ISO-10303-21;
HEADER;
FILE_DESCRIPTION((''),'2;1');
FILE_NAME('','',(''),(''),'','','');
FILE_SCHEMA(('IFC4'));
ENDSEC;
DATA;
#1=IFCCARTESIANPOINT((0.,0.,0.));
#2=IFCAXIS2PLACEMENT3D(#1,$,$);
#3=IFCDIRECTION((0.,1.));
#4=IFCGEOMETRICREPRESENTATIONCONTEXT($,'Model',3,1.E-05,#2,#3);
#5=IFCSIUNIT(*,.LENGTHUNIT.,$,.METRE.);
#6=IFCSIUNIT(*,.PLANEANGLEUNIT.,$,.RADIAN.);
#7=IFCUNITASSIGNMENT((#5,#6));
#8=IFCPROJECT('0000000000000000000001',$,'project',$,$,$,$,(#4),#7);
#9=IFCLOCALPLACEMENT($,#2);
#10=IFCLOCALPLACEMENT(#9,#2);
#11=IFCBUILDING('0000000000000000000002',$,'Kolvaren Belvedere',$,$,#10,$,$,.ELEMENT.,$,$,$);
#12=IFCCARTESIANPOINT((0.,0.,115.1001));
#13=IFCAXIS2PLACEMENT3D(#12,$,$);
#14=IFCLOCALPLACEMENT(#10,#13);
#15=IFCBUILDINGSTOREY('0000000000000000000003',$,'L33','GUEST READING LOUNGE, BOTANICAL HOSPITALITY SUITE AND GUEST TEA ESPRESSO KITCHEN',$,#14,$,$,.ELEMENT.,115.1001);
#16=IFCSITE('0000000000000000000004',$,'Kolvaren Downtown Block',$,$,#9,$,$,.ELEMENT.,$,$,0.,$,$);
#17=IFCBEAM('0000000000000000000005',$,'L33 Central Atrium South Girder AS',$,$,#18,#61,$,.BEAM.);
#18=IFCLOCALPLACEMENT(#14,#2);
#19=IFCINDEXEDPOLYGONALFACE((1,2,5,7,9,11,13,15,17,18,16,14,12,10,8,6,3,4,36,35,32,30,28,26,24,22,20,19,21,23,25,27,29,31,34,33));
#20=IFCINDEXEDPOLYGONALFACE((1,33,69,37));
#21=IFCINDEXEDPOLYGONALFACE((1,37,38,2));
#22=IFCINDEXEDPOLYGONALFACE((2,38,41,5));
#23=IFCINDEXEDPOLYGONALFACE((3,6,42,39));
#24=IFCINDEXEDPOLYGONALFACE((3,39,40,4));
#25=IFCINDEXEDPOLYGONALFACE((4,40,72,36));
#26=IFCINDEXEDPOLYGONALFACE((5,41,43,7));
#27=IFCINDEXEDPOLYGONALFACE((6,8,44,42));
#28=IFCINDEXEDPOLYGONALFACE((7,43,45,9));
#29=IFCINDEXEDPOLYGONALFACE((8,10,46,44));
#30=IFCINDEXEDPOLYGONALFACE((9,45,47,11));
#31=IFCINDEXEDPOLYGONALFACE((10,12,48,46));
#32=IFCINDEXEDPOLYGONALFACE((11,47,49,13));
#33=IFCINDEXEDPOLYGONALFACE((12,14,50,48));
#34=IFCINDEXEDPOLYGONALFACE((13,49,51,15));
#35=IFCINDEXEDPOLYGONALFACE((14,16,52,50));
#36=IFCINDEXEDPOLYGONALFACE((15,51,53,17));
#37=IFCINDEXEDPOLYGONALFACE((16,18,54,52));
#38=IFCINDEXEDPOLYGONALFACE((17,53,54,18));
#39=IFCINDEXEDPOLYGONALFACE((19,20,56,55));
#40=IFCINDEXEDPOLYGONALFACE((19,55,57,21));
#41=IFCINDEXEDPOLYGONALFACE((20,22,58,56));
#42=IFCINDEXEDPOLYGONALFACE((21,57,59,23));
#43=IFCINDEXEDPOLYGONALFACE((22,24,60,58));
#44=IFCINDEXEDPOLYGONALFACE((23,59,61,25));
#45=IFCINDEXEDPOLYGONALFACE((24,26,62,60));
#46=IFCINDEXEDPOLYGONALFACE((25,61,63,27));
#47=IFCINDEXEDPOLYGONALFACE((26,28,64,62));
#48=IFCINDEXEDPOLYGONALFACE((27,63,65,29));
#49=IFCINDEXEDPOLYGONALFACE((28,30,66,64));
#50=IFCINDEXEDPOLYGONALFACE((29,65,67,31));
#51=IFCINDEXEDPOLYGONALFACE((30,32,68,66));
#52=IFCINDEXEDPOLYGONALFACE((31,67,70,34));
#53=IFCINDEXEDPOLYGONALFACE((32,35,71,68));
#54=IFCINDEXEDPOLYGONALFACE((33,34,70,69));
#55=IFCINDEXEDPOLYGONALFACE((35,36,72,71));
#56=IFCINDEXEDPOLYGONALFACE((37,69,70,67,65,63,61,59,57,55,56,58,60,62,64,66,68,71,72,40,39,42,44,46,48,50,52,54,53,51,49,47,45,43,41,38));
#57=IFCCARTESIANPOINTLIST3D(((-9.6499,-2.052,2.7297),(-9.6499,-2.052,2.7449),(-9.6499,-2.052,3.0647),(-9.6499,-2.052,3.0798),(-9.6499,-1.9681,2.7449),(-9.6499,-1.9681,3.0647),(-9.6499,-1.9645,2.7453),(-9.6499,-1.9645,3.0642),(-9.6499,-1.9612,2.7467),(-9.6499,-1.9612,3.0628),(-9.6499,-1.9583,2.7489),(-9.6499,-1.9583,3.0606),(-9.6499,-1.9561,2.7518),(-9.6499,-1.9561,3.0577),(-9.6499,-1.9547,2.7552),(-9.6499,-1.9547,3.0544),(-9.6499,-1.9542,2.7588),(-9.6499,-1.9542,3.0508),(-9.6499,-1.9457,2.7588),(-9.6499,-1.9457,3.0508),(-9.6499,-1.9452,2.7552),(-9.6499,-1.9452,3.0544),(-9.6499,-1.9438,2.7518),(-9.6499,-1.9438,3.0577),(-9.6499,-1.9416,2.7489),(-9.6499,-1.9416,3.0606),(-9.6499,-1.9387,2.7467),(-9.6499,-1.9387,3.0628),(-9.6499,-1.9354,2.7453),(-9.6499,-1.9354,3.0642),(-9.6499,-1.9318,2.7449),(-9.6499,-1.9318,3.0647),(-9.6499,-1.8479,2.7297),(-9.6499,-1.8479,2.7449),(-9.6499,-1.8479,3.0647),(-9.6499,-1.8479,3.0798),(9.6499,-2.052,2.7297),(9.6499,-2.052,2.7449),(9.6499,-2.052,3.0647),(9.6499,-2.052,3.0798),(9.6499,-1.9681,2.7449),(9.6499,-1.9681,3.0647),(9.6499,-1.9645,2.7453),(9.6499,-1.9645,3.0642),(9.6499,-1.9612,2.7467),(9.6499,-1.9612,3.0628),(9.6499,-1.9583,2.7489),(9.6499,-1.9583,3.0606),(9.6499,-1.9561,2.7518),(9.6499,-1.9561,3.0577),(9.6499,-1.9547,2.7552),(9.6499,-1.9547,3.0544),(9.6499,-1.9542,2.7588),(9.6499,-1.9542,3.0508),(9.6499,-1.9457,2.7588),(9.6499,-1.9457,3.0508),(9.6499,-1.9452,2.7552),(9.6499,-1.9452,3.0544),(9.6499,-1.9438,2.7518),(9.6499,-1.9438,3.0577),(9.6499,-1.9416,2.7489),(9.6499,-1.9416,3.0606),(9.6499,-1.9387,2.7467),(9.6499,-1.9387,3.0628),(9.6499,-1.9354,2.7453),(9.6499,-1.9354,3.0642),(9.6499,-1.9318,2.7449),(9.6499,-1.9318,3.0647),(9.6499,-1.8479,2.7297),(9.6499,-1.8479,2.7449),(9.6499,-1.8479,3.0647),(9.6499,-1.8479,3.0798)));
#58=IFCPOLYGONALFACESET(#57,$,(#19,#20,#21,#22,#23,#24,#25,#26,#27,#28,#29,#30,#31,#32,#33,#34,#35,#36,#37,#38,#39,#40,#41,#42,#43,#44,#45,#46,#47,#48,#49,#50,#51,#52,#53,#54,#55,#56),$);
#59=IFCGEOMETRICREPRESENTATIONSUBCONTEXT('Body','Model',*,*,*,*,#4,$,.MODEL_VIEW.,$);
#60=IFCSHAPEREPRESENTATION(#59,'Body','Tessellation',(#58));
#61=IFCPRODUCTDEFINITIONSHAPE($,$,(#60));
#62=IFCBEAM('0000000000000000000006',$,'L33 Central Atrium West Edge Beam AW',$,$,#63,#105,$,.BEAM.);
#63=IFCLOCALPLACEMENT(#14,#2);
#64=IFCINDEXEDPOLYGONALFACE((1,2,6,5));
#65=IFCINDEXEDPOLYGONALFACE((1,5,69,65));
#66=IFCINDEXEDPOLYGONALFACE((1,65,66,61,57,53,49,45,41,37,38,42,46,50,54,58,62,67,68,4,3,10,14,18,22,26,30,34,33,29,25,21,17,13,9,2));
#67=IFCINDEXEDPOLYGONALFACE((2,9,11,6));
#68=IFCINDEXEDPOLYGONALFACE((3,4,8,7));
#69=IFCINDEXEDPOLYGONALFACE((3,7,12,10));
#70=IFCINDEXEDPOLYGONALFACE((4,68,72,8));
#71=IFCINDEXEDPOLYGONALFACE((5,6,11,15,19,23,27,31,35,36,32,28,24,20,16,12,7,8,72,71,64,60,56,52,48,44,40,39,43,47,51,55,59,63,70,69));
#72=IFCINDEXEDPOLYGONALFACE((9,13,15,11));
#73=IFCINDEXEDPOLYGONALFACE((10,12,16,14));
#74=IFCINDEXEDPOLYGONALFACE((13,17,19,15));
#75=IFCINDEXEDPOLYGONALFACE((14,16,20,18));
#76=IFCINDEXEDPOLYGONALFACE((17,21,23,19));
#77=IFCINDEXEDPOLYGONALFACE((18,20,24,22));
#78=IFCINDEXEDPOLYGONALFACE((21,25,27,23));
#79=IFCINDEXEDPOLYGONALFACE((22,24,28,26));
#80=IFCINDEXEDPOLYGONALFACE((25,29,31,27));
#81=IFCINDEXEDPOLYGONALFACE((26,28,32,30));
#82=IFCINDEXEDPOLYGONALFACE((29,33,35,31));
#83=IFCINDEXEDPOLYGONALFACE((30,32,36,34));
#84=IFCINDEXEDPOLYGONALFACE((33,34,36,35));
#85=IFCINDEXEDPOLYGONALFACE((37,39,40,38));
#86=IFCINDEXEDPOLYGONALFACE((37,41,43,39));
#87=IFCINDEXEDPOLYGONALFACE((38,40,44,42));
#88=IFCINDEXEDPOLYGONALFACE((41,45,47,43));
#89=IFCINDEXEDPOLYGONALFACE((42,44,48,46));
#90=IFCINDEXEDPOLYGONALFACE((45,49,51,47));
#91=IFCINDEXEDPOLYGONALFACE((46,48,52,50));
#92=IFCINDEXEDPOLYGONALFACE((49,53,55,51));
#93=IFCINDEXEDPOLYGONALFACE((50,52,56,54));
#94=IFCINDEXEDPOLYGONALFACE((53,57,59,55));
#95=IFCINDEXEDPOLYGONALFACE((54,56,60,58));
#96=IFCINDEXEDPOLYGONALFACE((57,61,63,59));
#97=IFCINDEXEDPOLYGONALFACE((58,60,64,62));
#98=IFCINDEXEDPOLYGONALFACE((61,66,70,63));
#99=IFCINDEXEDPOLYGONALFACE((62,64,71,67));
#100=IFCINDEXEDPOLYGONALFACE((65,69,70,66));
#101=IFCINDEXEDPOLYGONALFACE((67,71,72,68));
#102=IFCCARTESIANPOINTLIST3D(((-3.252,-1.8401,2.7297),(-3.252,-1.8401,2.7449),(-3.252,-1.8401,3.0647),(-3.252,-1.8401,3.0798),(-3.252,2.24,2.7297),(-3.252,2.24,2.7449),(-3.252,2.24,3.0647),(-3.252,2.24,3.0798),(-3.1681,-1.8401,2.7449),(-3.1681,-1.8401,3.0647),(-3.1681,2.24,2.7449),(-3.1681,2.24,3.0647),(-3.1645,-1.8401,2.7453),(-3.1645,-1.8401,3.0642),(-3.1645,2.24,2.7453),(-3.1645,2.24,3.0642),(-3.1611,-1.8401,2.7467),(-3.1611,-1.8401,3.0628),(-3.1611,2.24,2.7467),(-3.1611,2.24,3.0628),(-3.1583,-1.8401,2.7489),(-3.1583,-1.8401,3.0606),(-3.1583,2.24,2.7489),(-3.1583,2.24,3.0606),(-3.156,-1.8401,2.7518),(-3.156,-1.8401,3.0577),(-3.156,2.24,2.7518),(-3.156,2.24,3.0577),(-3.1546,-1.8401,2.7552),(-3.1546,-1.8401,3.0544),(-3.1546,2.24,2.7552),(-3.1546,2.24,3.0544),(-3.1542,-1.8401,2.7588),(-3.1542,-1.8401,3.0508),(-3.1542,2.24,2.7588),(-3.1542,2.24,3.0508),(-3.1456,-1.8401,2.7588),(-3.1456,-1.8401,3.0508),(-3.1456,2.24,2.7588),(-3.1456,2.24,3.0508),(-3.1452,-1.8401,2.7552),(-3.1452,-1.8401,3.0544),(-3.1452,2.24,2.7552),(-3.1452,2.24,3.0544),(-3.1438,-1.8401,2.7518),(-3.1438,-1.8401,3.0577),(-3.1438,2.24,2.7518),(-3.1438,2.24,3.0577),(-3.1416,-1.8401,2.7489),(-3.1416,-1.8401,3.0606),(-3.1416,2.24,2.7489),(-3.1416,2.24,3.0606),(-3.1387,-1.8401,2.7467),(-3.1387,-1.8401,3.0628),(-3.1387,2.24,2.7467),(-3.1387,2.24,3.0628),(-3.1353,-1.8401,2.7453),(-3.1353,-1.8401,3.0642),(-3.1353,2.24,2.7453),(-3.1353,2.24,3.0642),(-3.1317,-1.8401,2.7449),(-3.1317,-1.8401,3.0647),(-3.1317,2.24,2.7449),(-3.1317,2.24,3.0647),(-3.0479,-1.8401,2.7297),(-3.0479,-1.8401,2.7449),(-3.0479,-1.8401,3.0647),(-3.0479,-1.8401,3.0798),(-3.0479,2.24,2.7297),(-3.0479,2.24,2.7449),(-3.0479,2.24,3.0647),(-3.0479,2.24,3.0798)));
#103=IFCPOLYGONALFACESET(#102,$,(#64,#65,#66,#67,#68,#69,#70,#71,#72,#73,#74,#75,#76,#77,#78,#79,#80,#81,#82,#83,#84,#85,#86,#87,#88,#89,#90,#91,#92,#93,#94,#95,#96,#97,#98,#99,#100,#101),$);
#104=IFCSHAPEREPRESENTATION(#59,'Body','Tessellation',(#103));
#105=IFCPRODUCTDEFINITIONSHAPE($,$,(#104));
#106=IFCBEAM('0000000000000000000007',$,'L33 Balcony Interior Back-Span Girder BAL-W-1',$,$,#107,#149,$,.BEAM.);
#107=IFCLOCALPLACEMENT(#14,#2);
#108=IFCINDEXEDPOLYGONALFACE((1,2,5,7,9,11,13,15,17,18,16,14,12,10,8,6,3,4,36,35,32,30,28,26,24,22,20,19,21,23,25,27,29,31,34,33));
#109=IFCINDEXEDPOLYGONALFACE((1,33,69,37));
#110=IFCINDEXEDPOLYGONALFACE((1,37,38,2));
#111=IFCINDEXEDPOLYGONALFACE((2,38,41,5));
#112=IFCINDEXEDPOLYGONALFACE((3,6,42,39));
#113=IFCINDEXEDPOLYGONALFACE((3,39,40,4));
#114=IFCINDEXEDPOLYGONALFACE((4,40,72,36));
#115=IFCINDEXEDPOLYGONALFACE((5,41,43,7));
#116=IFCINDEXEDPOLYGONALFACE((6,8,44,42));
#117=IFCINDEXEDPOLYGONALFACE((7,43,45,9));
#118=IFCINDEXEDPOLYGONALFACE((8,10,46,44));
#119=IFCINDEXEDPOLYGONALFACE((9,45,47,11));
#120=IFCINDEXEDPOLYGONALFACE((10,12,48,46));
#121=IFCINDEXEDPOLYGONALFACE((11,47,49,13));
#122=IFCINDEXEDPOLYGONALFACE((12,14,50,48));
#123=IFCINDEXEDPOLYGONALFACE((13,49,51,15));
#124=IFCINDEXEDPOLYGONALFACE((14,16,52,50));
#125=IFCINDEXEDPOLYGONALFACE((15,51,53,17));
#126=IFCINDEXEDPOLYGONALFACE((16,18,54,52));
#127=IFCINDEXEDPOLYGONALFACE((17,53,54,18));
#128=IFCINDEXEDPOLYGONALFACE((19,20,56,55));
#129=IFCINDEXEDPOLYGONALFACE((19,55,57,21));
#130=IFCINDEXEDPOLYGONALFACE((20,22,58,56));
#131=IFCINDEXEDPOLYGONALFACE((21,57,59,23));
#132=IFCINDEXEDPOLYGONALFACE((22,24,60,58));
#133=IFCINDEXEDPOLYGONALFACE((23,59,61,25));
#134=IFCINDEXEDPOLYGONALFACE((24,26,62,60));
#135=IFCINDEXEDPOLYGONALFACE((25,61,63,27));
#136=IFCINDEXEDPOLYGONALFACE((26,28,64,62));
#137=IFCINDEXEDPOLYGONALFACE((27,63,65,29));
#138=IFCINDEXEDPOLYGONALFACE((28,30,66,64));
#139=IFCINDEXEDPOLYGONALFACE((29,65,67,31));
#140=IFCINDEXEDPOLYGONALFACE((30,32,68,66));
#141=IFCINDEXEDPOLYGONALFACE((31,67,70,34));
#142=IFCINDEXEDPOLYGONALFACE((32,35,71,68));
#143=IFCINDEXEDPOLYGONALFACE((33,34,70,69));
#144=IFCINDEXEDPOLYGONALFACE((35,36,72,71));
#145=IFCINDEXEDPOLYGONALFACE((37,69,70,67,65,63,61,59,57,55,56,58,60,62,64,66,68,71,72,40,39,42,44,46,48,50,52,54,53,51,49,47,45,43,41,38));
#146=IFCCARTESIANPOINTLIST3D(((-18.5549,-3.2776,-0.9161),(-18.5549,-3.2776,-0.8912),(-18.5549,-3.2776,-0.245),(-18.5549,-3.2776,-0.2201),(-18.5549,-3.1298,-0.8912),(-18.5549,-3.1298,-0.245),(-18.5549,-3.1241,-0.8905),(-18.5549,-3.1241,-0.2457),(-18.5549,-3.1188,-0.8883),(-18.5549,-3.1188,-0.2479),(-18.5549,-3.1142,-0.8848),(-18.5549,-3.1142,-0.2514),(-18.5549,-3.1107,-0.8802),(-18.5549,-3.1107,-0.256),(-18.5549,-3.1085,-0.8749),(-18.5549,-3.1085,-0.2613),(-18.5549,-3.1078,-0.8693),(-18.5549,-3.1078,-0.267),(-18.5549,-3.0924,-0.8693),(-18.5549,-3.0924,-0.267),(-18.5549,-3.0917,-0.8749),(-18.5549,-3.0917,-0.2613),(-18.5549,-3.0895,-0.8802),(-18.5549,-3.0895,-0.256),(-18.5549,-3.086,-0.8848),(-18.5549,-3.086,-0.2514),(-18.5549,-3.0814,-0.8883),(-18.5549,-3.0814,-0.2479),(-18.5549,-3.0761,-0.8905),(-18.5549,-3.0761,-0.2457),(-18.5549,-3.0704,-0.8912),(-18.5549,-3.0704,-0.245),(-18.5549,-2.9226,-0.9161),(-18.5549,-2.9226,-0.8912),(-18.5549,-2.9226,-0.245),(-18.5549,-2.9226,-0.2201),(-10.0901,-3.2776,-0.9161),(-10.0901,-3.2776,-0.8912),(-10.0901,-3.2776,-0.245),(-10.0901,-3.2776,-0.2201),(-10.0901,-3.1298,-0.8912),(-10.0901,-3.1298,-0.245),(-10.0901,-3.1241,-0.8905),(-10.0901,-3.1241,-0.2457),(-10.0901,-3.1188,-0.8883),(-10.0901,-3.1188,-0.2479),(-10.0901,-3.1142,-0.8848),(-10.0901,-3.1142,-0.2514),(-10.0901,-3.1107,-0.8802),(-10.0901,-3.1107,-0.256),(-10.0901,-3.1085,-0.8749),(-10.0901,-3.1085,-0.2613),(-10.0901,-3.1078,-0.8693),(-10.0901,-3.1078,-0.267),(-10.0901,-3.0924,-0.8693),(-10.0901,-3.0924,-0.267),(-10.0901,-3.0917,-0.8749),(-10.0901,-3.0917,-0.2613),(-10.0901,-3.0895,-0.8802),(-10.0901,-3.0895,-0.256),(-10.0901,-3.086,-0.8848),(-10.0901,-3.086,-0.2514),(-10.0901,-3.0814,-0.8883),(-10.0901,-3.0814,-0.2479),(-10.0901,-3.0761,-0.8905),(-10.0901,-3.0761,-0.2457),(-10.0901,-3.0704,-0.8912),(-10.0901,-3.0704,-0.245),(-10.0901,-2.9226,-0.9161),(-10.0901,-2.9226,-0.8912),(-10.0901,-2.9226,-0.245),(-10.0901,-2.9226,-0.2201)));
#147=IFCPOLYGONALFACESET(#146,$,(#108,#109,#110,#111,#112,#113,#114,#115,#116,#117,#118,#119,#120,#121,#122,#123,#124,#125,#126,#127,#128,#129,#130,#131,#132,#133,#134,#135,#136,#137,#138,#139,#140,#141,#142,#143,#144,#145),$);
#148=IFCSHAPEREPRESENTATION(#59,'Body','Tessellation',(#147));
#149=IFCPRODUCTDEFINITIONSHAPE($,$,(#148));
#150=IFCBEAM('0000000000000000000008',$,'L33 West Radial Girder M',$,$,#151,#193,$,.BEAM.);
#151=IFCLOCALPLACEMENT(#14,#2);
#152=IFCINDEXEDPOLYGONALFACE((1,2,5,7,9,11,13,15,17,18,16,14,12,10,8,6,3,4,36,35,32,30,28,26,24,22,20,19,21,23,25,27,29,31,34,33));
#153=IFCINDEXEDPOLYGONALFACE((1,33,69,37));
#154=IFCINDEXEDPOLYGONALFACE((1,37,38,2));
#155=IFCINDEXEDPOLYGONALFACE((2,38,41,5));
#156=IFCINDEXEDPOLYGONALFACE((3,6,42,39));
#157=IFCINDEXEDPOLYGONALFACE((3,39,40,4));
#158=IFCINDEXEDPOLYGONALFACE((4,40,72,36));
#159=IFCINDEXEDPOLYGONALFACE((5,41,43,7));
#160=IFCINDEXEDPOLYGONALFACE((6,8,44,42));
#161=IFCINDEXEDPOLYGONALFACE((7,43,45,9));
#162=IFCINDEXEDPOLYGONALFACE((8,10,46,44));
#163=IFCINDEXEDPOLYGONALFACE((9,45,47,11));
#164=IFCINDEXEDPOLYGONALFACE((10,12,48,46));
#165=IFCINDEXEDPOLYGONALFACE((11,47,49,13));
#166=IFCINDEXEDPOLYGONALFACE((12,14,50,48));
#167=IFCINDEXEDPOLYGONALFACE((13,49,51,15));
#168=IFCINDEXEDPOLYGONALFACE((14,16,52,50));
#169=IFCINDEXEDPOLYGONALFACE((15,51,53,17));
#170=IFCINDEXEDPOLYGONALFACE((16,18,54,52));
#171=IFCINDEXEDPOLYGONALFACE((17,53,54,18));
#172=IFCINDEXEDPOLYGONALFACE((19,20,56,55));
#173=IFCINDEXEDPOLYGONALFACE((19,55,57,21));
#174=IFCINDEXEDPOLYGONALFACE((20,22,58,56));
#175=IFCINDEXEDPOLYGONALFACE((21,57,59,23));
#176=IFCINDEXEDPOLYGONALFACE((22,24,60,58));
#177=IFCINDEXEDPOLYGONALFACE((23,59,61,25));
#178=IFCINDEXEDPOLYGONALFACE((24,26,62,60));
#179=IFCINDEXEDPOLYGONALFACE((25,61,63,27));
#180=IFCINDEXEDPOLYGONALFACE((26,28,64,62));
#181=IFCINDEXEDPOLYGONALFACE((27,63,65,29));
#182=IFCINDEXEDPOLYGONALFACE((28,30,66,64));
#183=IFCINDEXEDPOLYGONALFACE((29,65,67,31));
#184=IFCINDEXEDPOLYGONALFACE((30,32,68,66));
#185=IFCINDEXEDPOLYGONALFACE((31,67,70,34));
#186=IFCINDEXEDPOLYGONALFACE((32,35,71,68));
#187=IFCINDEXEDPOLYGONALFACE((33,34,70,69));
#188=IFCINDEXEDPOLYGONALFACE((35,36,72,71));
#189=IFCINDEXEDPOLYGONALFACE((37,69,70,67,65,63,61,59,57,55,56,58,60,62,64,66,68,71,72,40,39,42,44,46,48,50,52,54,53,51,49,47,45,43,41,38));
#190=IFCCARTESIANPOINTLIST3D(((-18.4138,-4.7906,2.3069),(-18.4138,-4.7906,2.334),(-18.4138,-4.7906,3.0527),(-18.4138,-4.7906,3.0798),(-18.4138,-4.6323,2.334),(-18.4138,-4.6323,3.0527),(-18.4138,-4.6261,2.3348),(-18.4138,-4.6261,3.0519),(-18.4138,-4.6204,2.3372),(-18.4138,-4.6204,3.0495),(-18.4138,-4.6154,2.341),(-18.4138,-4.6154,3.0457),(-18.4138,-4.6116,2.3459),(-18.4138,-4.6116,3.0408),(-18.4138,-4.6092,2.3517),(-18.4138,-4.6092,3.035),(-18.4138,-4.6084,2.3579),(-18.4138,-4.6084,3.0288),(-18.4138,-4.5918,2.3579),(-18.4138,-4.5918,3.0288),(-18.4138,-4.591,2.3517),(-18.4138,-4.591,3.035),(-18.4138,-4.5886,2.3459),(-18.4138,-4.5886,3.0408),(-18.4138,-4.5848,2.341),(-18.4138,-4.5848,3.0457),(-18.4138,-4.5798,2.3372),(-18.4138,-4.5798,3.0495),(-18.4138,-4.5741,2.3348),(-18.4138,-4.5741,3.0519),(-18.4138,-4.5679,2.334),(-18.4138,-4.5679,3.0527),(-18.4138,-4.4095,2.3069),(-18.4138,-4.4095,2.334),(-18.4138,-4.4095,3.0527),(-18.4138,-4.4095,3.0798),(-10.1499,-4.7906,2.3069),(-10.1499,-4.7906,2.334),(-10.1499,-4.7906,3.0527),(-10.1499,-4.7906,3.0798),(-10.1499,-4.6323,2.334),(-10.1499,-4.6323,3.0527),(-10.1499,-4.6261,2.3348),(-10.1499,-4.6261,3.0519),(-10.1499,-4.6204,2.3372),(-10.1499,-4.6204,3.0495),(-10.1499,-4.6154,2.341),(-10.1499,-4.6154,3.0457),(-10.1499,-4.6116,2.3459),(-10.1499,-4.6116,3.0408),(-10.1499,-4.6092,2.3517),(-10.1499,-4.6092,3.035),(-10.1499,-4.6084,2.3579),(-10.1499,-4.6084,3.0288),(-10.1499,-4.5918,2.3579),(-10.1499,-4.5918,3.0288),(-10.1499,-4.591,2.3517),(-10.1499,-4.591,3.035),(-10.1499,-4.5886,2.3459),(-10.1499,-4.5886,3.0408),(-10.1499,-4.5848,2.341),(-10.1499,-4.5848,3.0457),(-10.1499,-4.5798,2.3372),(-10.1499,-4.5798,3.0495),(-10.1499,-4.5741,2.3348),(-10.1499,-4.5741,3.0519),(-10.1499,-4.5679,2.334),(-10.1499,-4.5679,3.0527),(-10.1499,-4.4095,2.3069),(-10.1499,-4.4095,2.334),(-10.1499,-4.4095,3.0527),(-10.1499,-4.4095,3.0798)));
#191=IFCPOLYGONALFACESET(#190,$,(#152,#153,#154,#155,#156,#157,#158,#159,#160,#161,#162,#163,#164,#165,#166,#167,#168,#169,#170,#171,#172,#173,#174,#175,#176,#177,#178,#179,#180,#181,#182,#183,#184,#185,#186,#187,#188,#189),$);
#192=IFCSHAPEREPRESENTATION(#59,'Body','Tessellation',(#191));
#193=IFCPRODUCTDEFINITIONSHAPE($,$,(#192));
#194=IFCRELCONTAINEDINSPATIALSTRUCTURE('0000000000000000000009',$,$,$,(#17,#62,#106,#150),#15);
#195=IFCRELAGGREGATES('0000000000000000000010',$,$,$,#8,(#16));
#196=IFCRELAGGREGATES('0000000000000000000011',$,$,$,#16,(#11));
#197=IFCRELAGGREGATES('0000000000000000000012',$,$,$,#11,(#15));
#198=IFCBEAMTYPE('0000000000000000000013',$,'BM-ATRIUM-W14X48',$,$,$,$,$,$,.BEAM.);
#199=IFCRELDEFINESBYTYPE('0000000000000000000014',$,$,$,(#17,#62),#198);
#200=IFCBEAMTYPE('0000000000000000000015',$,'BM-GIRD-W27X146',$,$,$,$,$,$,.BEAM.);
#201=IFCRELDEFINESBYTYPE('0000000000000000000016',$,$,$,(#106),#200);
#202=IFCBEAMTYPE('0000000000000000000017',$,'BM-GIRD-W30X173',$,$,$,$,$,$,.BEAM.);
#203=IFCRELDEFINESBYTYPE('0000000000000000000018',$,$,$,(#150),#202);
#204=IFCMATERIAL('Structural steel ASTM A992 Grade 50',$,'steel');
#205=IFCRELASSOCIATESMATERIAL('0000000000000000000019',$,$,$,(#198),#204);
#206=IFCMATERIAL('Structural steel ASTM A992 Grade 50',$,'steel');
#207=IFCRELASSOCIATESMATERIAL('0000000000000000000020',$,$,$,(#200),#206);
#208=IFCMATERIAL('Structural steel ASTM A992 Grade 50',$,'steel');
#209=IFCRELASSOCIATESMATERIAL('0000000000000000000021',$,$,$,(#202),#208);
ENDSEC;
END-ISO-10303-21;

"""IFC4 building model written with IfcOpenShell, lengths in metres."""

from ifc_helpers import new_model, si_unit, direction, frame, origin, origin_2d, place, context, subcontext, project, spatial, i_section, extrude, material, material_profile, profile_set, type_object, element, save


model = new_model("IFC4")

# Units and contexts
model_context = context("Model", 3, precision=1e-05, world=origin(), true_north=direction((0.0, 1.0)))
body_context = subcontext(model_context, "Body", "Model", "MODEL_VIEW")
ifc_project = project(units=[si_unit("LENGTHUNIT", "METRE"), si_unit("PLANEANGLEUNIT", "RADIAN")], contexts=[model_context])

# Site, building, storey
site_placement = place(None, origin())
site = spatial("IfcSite", under=ifc_project, at=site_placement, Name="Kolvaren Downtown Block", CompositionType="ELEMENT", RefElevation=0.0)
building_placement = place(site_placement, origin())
building = spatial("IfcBuilding", under=site, at=building_placement, Name="Kolvaren Belvedere", CompositionType="ELEMENT")
storey_placement = place(building_placement, frame((0.0, 0.0, 115.1001)))
storey = spatial("IfcBuildingStorey", under=building, at=storey_placement, Name="L33", Description="GUEST READING LOUNGE, BOTANICAL HOSPITALITY SUITE AND GUEST TEA ESPRESSO KITCHEN", CompositionType="ELEMENT", Elevation=115.1001)

# Beams
ifc_material_1 = material(Name="Structural steel ASTM A992 Grade 50", Category="steel")
ifc_material_profile_1 = material_profile(ifc_material_1, i_section(OverallWidth=0.2041, OverallDepth=0.3501, WebThickness=0.0085, FlangeThickness=0.0151, FilletRadius=0.0139, at=origin_2d()), Name="W14X48")
ifc_profile_set_1 = profile_set([ifc_material_profile_1], Name="Structural steel ASTM A992 Grade 50")
beam_type_1 = type_object("IfcBeamType", Name="BM-ATRIUM-W14X48", PredefinedType="BEAM", material=ifc_profile_set_1)
beam_1_placement = place(storey_placement, frame((-9.6499, -1.95, 2.9048), z_axis=(1.0, 0.0, 0.0), x_axis=(0.0, 1.0, 0.0)))
element("IfcBeam", 1, at=beam_1_placement, inside=storey, type_object=beam_type_1, Name="L33 Central Atrium South Girder AS", PredefinedType="BEAM", context=body_context, shape_type="SweptSolid", body=[
    extrude(i_section(OverallWidth=0.2041, OverallDepth=0.3501, WebThickness=0.0085, FlangeThickness=0.0151, FilletRadius=0.0139, at=origin_2d()), origin(), (0.0, 0.0, 1.0), 19.2998),
])
beam_2_placement = place(storey_placement, frame((-3.1499, -1.8401, 2.9048), z_axis=(0.0, 1.0, 0.0), x_axis=(-1.0, 0.0, 0.0)))
element("IfcBeam", 2, at=beam_2_placement, inside=storey, type_object=beam_type_1, Name="L33 Central Atrium West Edge Beam AW", PredefinedType="BEAM", context=body_context, shape_type="SweptSolid", body=[
    extrude(i_section(OverallWidth=0.2041, OverallDepth=0.3501, WebThickness=0.0085, FlangeThickness=0.0151, FilletRadius=0.0139, at=origin_2d()), origin(), (0.0, 0.0, 1.0), 4.0801),
])
ifc_material_2 = material(Name="Structural steel ASTM A992 Grade 50", Category="steel")
ifc_material_profile_2 = material_profile(ifc_material_2, i_section(OverallWidth=0.355, OverallDepth=0.696, WebThickness=0.0154, FlangeThickness=0.0249, FilletRadius=0.022, at=origin_2d()), Name="W27X146")
ifc_profile_set_2 = profile_set([ifc_material_profile_2], Name="Structural steel ASTM A992 Grade 50")
beam_type_2 = type_object("IfcBeamType", Name="BM-GIRD-W27X146", PredefinedType="BEAM", material=ifc_profile_set_2)
beam_3_placement = place(storey_placement, frame((-10.0901, -3.1001, -0.5681), z_axis=(-1.0, 0.0, 0.0), x_axis=(0.0, -1.0, 0.0)))
element("IfcBeam", 3, at=beam_3_placement, inside=storey, type_object=beam_type_2, Name="L33 Balcony Interior Back-Span Girder BAL-W-1", PredefinedType="BEAM", context=body_context, shape_type="SweptSolid", body=[
    extrude(i_section(OverallWidth=0.355, OverallDepth=0.696, WebThickness=0.0154, FlangeThickness=0.0249, FilletRadius=0.022, at=origin_2d()), origin(), (0.0, 0.0, 1.0), 8.4648),
])
ifc_material_3 = material(Name="Structural steel ASTM A992 Grade 50", Category="steel")
ifc_material_profile_3 = material_profile(ifc_material_3, i_section(OverallWidth=0.3811, OverallDepth=0.7729, WebThickness=0.0166, FlangeThickness=0.0271, FilletRadius=0.0239, at=origin_2d()), Name="W30X173")
ifc_profile_set_3 = profile_set([ifc_material_profile_3], Name="Structural steel ASTM A992 Grade 50")
beam_type_3 = type_object("IfcBeamType", Name="BM-GIRD-W30X173", PredefinedType="BEAM", material=ifc_profile_set_3)
beam_4_placement = place(storey_placement, frame((-10.1499, -4.6001, 2.6934), z_axis=(-1.0, 0.0, 0.0), x_axis=(0.0, -1.0, 0.0)))
element("IfcBeam", 4, at=beam_4_placement, inside=storey, type_object=beam_type_3, Name="L33 West Radial Girder M", PredefinedType="BEAM", context=body_context, shape_type="SweptSolid", body=[
    extrude(i_section(OverallWidth=0.3811, OverallDepth=0.7729, WebThickness=0.0166, FlangeThickness=0.0271, FilletRadius=0.0239, at=origin_2d()), origin(), (0.0, 0.0, 1.0), 8.2639),
])

save(model, "model.ifc")
